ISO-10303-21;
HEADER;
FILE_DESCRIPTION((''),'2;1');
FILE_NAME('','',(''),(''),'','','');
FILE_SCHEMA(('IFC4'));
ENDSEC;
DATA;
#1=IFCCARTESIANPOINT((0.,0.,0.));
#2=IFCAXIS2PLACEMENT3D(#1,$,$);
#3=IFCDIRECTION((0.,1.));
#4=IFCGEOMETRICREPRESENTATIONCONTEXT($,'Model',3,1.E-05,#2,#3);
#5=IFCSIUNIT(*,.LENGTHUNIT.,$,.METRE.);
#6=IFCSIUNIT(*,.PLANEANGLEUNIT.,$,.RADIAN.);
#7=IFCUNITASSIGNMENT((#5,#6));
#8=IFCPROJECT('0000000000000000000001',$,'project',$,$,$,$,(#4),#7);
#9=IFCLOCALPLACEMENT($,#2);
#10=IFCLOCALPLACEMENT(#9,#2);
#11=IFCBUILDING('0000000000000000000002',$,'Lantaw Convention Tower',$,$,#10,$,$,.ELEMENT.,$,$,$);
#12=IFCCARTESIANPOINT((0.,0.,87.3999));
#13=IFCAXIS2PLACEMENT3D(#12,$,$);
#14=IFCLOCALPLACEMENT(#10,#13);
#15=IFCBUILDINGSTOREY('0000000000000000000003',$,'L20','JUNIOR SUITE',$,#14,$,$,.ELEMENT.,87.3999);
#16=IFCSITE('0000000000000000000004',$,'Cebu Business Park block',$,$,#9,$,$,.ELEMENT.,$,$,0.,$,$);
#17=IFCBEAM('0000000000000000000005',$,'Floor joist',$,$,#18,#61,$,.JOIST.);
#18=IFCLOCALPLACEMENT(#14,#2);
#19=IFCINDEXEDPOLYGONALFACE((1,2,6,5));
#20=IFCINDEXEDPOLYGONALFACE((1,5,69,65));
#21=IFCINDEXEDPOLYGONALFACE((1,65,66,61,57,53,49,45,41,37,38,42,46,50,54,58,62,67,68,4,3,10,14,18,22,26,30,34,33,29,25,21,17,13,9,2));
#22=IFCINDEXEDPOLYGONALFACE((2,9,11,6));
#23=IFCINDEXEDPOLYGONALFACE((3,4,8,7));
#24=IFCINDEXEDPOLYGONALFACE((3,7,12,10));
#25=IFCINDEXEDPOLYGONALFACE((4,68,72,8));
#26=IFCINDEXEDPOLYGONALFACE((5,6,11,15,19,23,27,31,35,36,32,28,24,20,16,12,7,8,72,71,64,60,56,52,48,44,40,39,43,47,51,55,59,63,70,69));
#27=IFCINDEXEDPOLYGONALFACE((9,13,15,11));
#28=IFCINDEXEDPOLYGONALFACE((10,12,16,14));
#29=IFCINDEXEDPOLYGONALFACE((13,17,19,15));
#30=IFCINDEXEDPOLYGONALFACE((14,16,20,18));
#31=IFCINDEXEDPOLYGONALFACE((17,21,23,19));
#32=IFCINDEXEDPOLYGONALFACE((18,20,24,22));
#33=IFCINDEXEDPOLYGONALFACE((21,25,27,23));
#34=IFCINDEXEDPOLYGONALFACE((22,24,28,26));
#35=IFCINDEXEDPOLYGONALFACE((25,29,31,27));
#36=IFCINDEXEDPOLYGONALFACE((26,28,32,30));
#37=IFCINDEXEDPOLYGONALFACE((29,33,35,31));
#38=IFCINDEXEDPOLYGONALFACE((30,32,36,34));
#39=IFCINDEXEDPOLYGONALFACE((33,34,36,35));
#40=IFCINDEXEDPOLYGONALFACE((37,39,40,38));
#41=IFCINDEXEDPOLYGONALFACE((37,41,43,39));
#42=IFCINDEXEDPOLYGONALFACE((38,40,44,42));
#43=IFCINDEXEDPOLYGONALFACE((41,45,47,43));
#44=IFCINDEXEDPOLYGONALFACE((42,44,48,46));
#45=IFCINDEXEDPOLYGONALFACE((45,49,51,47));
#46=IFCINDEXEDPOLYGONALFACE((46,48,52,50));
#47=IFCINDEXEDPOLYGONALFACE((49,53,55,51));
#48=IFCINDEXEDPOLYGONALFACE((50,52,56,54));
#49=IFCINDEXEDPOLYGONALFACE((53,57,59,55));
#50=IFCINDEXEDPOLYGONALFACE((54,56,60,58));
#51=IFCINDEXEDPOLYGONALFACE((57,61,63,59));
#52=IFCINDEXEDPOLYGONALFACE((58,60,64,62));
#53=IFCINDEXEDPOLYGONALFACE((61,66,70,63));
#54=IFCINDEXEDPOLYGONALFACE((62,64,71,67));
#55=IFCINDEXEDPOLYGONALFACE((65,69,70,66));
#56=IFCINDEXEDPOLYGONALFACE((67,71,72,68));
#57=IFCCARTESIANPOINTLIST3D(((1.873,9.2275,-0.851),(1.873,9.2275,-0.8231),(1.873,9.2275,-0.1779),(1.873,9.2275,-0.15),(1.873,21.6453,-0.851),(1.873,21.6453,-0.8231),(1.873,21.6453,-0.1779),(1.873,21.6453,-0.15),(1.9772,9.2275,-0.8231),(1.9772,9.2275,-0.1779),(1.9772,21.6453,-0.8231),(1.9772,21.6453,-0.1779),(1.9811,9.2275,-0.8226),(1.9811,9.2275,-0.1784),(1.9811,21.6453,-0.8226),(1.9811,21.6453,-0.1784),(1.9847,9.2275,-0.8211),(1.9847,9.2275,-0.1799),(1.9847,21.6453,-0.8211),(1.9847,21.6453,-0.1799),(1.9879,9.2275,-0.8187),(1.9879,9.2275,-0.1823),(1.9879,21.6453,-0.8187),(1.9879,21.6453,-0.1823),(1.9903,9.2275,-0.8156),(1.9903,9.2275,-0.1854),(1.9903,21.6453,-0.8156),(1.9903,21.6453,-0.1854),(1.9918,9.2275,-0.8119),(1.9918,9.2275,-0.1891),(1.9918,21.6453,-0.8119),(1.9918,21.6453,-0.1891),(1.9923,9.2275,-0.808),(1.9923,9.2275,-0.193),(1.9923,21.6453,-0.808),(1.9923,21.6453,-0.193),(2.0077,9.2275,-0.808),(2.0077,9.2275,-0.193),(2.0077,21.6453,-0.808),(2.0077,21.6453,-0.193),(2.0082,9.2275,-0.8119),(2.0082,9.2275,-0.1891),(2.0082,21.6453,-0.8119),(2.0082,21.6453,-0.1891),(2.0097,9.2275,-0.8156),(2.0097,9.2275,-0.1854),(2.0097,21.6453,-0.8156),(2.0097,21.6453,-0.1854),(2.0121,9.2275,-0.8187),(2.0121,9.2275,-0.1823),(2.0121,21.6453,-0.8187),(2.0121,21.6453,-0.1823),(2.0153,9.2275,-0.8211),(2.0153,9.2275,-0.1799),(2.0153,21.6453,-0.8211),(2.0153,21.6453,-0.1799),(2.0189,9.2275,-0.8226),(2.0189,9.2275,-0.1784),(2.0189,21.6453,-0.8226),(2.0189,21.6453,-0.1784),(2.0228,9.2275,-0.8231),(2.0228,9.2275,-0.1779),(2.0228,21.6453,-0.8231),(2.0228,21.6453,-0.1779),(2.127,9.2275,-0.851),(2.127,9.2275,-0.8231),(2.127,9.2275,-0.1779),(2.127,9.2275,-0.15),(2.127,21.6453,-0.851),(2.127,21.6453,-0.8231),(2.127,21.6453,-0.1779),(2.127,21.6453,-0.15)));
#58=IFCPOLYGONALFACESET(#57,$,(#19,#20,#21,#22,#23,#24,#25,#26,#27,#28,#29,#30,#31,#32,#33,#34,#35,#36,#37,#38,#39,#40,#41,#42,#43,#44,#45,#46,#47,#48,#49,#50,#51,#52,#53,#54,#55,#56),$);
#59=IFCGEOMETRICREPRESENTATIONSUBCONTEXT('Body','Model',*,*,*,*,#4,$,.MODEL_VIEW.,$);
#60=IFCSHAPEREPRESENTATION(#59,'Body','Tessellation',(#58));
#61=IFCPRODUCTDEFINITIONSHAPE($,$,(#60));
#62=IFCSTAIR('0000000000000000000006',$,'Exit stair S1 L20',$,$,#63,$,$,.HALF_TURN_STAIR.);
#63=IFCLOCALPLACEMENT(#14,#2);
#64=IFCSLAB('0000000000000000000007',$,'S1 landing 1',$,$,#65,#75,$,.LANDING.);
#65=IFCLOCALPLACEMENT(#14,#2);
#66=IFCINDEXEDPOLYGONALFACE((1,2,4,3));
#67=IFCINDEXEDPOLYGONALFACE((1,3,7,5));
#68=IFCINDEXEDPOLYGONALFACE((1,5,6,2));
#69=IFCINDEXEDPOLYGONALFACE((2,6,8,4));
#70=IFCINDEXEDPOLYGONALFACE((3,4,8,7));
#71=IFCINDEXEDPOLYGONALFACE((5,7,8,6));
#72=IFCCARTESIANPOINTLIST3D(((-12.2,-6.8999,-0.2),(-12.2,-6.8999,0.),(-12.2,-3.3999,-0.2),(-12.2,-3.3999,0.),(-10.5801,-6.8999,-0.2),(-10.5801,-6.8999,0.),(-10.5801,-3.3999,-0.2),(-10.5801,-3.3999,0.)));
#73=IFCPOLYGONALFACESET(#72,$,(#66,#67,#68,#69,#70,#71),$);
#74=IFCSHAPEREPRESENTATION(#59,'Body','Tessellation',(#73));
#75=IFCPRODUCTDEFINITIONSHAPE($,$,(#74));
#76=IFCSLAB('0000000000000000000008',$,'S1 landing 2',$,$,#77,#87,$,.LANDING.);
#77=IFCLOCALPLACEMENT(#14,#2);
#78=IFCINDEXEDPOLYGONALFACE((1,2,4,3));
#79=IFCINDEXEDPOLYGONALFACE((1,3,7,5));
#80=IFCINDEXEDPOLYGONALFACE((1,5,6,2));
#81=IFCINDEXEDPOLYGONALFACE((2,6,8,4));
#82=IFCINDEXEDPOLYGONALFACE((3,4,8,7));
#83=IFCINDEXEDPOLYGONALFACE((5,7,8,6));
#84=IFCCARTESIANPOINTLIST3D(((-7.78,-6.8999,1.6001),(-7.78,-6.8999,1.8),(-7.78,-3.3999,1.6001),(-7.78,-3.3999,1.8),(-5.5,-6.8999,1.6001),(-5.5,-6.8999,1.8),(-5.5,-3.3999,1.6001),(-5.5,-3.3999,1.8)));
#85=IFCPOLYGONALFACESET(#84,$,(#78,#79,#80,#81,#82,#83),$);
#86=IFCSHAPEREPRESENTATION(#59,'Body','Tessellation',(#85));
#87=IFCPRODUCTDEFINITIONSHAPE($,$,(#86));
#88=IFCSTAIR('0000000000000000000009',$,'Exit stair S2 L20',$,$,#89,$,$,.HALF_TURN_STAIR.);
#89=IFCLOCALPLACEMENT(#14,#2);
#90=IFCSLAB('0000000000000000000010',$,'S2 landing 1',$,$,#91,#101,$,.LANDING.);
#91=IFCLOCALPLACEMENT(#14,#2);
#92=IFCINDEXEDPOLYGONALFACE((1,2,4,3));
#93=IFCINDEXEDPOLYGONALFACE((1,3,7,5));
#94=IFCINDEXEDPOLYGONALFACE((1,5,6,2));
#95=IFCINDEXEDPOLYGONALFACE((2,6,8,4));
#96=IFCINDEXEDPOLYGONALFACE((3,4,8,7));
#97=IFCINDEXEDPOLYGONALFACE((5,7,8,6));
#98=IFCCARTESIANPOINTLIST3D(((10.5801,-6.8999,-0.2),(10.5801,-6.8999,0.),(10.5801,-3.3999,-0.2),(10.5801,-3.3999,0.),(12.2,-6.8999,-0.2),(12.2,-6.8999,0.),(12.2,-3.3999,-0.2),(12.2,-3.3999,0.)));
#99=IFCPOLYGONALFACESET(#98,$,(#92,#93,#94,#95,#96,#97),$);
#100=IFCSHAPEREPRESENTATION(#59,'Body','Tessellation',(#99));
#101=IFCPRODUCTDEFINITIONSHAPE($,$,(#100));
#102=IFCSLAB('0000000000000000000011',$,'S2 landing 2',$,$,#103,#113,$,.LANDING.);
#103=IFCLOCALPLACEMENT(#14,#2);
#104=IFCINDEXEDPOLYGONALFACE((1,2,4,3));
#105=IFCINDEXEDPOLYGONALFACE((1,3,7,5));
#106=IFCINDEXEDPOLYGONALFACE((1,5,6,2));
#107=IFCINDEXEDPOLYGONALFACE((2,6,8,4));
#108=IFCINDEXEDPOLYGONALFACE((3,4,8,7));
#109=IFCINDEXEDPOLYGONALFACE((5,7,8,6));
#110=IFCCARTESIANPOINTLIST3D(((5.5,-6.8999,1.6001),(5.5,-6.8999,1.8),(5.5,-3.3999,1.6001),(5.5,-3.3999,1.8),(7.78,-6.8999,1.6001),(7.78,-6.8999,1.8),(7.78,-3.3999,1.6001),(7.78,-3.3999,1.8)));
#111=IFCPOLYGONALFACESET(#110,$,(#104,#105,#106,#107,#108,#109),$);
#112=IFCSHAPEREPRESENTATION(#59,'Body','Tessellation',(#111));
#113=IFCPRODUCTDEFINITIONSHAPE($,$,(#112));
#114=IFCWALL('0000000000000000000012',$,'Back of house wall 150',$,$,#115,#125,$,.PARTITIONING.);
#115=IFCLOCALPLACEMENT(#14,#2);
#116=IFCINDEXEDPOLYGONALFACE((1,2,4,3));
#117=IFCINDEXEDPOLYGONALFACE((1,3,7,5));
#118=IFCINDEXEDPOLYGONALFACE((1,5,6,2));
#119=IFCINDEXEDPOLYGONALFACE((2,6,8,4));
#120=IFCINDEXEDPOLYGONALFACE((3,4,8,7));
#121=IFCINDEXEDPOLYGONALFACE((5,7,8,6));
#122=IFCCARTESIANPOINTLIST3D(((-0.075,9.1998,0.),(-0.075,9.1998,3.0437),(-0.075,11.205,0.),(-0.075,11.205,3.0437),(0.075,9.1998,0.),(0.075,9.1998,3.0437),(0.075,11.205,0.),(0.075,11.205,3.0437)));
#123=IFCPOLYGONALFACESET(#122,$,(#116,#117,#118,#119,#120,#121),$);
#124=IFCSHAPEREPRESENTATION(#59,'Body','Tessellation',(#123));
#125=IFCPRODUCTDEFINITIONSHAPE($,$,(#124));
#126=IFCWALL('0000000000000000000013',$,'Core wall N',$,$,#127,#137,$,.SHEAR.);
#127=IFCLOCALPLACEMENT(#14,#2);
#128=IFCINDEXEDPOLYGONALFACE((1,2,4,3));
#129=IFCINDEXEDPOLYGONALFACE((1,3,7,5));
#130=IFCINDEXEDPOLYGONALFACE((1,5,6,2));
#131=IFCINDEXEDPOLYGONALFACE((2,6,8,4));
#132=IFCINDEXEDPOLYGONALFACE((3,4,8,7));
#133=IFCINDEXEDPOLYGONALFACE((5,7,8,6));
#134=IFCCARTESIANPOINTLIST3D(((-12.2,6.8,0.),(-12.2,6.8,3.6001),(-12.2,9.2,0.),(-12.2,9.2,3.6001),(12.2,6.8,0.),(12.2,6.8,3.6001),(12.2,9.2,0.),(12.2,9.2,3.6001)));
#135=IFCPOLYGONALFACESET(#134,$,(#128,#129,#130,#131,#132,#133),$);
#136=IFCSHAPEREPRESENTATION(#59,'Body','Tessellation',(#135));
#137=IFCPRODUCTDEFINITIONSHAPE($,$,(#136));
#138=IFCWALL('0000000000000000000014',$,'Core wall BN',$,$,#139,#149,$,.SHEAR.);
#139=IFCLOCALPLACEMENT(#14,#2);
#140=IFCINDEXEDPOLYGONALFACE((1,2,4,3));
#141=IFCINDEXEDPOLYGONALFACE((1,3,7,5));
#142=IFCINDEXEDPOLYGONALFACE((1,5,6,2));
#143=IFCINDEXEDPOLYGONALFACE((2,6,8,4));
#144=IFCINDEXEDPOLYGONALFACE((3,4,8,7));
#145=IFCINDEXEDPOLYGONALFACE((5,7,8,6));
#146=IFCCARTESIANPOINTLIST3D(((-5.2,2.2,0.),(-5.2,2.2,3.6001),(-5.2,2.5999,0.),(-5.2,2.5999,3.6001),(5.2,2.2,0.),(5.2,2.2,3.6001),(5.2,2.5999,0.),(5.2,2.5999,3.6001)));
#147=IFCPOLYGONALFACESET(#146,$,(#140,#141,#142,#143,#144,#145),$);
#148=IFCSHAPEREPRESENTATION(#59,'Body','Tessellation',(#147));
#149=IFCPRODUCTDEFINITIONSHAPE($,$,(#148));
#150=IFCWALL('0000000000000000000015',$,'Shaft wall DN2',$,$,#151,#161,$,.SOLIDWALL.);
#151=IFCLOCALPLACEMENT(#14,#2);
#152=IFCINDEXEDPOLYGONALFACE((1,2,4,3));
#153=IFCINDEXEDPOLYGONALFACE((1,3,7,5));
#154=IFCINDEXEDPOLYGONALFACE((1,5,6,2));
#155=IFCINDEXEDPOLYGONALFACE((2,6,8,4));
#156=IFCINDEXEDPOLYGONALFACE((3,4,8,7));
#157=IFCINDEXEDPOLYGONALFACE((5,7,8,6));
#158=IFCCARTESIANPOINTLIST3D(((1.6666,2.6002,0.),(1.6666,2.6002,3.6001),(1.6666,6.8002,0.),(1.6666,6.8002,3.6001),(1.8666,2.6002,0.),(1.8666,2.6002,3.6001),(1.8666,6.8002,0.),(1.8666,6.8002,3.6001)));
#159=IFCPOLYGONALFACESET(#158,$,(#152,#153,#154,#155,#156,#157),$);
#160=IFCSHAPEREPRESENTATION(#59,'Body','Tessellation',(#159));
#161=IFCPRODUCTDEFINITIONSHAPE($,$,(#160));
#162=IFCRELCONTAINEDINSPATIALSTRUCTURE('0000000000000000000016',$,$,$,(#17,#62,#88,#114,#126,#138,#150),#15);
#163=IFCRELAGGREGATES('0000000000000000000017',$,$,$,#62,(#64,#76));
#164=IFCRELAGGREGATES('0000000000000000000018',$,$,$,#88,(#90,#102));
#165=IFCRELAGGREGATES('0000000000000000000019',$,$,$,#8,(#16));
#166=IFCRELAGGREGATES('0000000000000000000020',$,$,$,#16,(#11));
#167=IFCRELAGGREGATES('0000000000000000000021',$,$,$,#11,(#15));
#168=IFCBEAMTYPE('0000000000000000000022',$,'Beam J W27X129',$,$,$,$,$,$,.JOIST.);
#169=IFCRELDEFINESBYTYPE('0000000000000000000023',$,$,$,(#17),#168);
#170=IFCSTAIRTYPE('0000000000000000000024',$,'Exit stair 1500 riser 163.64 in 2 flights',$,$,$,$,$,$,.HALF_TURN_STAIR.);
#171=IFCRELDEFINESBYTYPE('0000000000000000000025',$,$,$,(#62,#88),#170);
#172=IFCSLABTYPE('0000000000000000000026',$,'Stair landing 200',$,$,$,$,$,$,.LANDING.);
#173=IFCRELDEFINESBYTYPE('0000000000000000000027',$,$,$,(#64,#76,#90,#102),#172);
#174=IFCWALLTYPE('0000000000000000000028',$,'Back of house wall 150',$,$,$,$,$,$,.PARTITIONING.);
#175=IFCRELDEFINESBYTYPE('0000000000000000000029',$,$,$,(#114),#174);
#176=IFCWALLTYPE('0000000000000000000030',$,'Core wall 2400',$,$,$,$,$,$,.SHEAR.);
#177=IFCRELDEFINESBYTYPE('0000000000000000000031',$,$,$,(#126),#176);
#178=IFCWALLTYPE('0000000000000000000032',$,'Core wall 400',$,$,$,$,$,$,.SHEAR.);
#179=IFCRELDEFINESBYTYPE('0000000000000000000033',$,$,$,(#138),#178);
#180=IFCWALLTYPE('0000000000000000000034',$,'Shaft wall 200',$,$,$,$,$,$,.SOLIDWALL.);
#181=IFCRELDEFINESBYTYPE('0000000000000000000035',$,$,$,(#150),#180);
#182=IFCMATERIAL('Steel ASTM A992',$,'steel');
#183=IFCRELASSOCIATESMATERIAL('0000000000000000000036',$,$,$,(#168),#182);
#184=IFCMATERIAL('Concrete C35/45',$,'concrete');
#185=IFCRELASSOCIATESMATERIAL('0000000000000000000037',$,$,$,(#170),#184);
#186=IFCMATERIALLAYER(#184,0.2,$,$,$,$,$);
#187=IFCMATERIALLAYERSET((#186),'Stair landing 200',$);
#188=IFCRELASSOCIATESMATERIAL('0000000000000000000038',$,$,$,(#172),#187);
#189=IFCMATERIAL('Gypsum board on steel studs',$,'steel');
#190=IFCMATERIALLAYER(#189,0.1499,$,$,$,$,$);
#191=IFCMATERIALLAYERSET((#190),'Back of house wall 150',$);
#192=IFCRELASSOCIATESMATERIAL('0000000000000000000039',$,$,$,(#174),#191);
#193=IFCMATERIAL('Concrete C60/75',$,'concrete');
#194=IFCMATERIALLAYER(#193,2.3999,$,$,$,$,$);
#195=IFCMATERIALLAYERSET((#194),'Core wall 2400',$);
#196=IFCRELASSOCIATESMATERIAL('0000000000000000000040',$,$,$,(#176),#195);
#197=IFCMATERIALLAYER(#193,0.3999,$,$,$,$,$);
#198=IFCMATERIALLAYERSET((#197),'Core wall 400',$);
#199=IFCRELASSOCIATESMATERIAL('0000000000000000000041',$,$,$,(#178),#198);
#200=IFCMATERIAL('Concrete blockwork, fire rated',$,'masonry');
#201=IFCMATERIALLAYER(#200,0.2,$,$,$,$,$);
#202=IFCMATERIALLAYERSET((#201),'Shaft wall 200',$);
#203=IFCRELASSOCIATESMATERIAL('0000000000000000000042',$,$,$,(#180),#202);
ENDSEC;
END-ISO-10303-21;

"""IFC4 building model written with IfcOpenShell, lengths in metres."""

from ifc_helpers import new_model, si_unit, direction, frame, frame_2d, origin, origin_2d, place, context, subcontext, project, spatial, polyline, rectangle, i_section, outline, extrude, material, layer, layer_set, material_profile, profile_set, type_object, element, aggregate, save


model = new_model("IFC4")

# Units and contexts
model_context = context("Model", 3, precision=1e-05, world=origin(), true_north=direction((0.0, 1.0)))
body_context = subcontext(model_context, "Body", "Model", "MODEL_VIEW")
ifc_project = project(units=[si_unit("LENGTHUNIT", "METRE"), si_unit("PLANEANGLEUNIT", "RADIAN")], contexts=[model_context])

# Site, building, storey
site_placement = place(None, origin())
site = spatial("IfcSite", under=ifc_project, at=site_placement, Name="Cebu Business Park block", CompositionType="ELEMENT", RefElevation=0.0)
building_placement = place(site_placement, origin())
building = spatial("IfcBuilding", under=site, at=building_placement, Name="Lantaw Convention Tower", CompositionType="ELEMENT")
storey_placement = place(building_placement, frame((0.0, 0.0, 87.3999)))
storey = spatial("IfcBuildingStorey", under=building, at=storey_placement, Name="L20", Description="JUNIOR SUITE", CompositionType="ELEMENT", Elevation=87.3999)

# Beam
ifc_material_1 = material(Name="Steel ASTM A992", Category="steel")
ifc_material_profile_1 = material_profile(ifc_material_1, i_section(OverallWidth=0.2539, OverallDepth=0.7009, WebThickness=0.0154, FlangeThickness=0.0278, FilletRadius=0.0151, at=origin_2d()), Name="W27X129")
ifc_profile_set_1 = profile_set([ifc_material_profile_1], Name="Steel ASTM A992")
beam_type_1 = type_object("IfcBeamType", Name="Beam J W27X129", PredefinedType="JOIST", material=ifc_profile_set_1)
beam_1_placement = place(storey_placement, frame((2.0, 9.2275, -0.5005), z_axis=(0.0, 1.0, 0.0), x_axis=(-1.0, 0.0, 0.0)))
element("IfcBeam", 1, at=beam_1_placement, inside=storey, type_object=beam_type_1, Name="Floor joist", PredefinedType="JOIST", context=body_context, shape_type="SweptSolid", body=[
    extrude(i_section(OverallWidth=0.2539, OverallDepth=0.7009, WebThickness=0.0154, FlangeThickness=0.0278, FilletRadius=0.0151, at=origin_2d()), origin(), (0.0, 0.0, 1.0), 12.4177),
])

# Stairs, slabs
ifc_material_2 = material(Name="Concrete C35/45", Category="concrete")
stair_type = type_object("IfcStairType", Name="Exit stair 1500 riser 163.64 in 2 flights", PredefinedType="HALF_TURN_STAIR", material=ifc_material_2)
stair_1_placement = place(storey_placement, origin())
stair_1 = element("IfcStair", 2, at=stair_1_placement, inside=storey, type_object=stair_type, Name="Exit stair S1 L20", PredefinedType="HALF_TURN_STAIR")
ifc_layer_1 = layer(ifc_material_2, 0.2)
ifc_layer_set_1 = layer_set([ifc_layer_1], Name="Stair landing 200")
slab_type = type_object("IfcSlabType", Name="Stair landing 200", PredefinedType="LANDING", material=ifc_layer_set_1)
slab_1_placement = place(storey_placement, frame((0.0, 0.0, -0.2)))
slab_1 = element("IfcSlab", 3, at=slab_1_placement, type_object=slab_type, Name="S1 landing 1", PredefinedType="LANDING", context=body_context, shape_type="SweptSolid", body=[
    extrude(outline(polyline([(-12.2, -6.8999), (-10.5801, -6.8999), (-10.5801, -3.3999), (-12.2, -3.3999), (-12.2, -6.8999)])), origin(), (0.0, 0.0, 1.0), 0.2),
])
slab_2_placement = place(storey_placement, frame((0.0, 0.0, 1.6001)))
slab_2 = element("IfcSlab", 4, at=slab_2_placement, type_object=slab_type, Name="S1 landing 2", PredefinedType="LANDING", context=body_context, shape_type="SweptSolid", body=[
    extrude(outline(polyline([(-7.78, -6.8999), (-5.5, -6.8999), (-5.5, -3.3999), (-7.78, -3.3999), (-7.78, -6.8999)])), origin(), (0.0, 0.0, 1.0), 0.2),
])
aggregate(stair_1, [slab_1, slab_2])
stair_2_placement = place(storey_placement, origin())
stair_2 = element("IfcStair", 5, at=stair_2_placement, inside=storey, type_object=stair_type, Name="Exit stair S2 L20", PredefinedType="HALF_TURN_STAIR")
slab_3_placement = place(storey_placement, frame((0.0, 0.0, -0.2)))
slab_3 = element("IfcSlab", 6, at=slab_3_placement, type_object=slab_type, Name="S2 landing 1", PredefinedType="LANDING", context=body_context, shape_type="SweptSolid", body=[
    extrude(outline(polyline([(10.5801, -6.8999), (12.2, -6.8999), (12.2, -3.3999), (10.5801, -3.3999), (10.5801, -6.8999)])), origin(), (0.0, 0.0, 1.0), 0.2),
])
slab_4_placement = place(storey_placement, frame((0.0, 0.0, 1.6001)))
slab_4 = element("IfcSlab", 7, at=slab_4_placement, type_object=slab_type, Name="S2 landing 2", PredefinedType="LANDING", context=body_context, shape_type="SweptSolid", body=[
    extrude(outline(polyline([(5.5, -6.8999), (7.78, -6.8999), (7.78, -3.3999), (5.5, -3.3999), (5.5, -6.8999)])), origin(), (0.0, 0.0, 1.0), 0.2),
])
aggregate(stair_2, [slab_3, slab_4])

# Walls
ifc_material_3 = material(Name="Gypsum board on steel studs", Category="steel")
ifc_layer_2 = layer(ifc_material_3, 0.1499)
ifc_layer_set_2 = layer_set([ifc_layer_2], Name="Back of house wall 150")
wall_type_1 = type_object("IfcWallType", Name="Back of house wall 150", PredefinedType="PARTITIONING", material=ifc_layer_set_2)
wall_1_placement = place(storey_placement, frame((0.0, 9.2, 0.0), z_axis=(0.0, 0.0, 1.0), x_axis=(0.0, 1.0, 0.0)))
element("IfcWall", 8, at=wall_1_placement, inside=storey, type_object=wall_type_1, Name="Back of house wall 150", PredefinedType="PARTITIONING", context=body_context, shape_type="SweptSolid", body=[
    extrude(rectangle(XDim=2.0051, YDim=0.1499, at=frame_2d((1.0024, 0.0))), origin(), (0.0, 0.0, 1.0), 3.0437),
])
ifc_material_4 = material(Name="Concrete C60/75", Category="concrete")
ifc_layer_3 = layer(ifc_material_4, 2.3999)
ifc_layer_set_3 = layer_set([ifc_layer_3], Name="Core wall 2400")
wall_type_2 = type_object("IfcWallType", Name="Core wall 2400", PredefinedType="SHEAR", material=ifc_layer_set_3)
wall_2_placement = place(storey_placement, frame((12.2, 8.0, 0.0), z_axis=(0.0, 0.0, 1.0), x_axis=(-1.0, 0.0, 0.0)))
element("IfcWall", 9, at=wall_2_placement, inside=storey, type_object=wall_type_2, Name="Core wall N", PredefinedType="SHEAR", context=body_context, shape_type="SweptSolid", body=[
    extrude(rectangle(XDim=24.3999, YDim=2.3999, at=frame_2d((12.2, 0.0))), origin(), (0.0, 0.0, 1.0), 3.6001),
])
ifc_layer_4 = layer(ifc_material_4, 0.3999)
ifc_layer_set_4 = layer_set([ifc_layer_4], Name="Core wall 400")
wall_type_3 = type_object("IfcWallType", Name="Core wall 400", PredefinedType="SHEAR", material=ifc_layer_set_4)
wall_3_placement = place(storey_placement, frame((5.2, 2.3999, 0.0), z_axis=(0.0, 0.0, 1.0), x_axis=(-1.0, 0.0, 0.0)))
element("IfcWall", 10, at=wall_3_placement, inside=storey, type_object=wall_type_3, Name="Core wall BN", PredefinedType="SHEAR", context=body_context, shape_type="SweptSolid", body=[
    extrude(rectangle(XDim=10.3999, YDim=0.3999, at=frame_2d((5.2, 0.0))), origin(), (0.0, 0.0, 1.0), 3.6001),
])
ifc_material_5 = material(Name="Concrete blockwork, fire rated", Category="masonry")
ifc_layer_5 = layer(ifc_material_5, 0.2)
ifc_layer_set_5 = layer_set([ifc_layer_5], Name="Shaft wall 200")
wall_type_4 = type_object("IfcWallType", Name="Shaft wall 200", PredefinedType="SOLIDWALL", material=ifc_layer_set_5)
wall_4_placement = place(storey_placement, frame((1.7666, 2.6001, 0.0), z_axis=(0.0, 0.0, 1.0), x_axis=(0.0, 1.0, 0.0)))
element("IfcWall", 11, at=wall_4_placement, inside=storey, type_object=wall_type_4, Name="Shaft wall DN2", PredefinedType="SOLIDWALL", context=body_context, shape_type="SweptSolid", body=[
    extrude(rectangle(XDim=4.2, YDim=0.2, at=frame_2d((2.1001, 0.0))), origin(), (0.0, 0.0, 1.0), 3.6001),
])

save(model, "model.ifc")
